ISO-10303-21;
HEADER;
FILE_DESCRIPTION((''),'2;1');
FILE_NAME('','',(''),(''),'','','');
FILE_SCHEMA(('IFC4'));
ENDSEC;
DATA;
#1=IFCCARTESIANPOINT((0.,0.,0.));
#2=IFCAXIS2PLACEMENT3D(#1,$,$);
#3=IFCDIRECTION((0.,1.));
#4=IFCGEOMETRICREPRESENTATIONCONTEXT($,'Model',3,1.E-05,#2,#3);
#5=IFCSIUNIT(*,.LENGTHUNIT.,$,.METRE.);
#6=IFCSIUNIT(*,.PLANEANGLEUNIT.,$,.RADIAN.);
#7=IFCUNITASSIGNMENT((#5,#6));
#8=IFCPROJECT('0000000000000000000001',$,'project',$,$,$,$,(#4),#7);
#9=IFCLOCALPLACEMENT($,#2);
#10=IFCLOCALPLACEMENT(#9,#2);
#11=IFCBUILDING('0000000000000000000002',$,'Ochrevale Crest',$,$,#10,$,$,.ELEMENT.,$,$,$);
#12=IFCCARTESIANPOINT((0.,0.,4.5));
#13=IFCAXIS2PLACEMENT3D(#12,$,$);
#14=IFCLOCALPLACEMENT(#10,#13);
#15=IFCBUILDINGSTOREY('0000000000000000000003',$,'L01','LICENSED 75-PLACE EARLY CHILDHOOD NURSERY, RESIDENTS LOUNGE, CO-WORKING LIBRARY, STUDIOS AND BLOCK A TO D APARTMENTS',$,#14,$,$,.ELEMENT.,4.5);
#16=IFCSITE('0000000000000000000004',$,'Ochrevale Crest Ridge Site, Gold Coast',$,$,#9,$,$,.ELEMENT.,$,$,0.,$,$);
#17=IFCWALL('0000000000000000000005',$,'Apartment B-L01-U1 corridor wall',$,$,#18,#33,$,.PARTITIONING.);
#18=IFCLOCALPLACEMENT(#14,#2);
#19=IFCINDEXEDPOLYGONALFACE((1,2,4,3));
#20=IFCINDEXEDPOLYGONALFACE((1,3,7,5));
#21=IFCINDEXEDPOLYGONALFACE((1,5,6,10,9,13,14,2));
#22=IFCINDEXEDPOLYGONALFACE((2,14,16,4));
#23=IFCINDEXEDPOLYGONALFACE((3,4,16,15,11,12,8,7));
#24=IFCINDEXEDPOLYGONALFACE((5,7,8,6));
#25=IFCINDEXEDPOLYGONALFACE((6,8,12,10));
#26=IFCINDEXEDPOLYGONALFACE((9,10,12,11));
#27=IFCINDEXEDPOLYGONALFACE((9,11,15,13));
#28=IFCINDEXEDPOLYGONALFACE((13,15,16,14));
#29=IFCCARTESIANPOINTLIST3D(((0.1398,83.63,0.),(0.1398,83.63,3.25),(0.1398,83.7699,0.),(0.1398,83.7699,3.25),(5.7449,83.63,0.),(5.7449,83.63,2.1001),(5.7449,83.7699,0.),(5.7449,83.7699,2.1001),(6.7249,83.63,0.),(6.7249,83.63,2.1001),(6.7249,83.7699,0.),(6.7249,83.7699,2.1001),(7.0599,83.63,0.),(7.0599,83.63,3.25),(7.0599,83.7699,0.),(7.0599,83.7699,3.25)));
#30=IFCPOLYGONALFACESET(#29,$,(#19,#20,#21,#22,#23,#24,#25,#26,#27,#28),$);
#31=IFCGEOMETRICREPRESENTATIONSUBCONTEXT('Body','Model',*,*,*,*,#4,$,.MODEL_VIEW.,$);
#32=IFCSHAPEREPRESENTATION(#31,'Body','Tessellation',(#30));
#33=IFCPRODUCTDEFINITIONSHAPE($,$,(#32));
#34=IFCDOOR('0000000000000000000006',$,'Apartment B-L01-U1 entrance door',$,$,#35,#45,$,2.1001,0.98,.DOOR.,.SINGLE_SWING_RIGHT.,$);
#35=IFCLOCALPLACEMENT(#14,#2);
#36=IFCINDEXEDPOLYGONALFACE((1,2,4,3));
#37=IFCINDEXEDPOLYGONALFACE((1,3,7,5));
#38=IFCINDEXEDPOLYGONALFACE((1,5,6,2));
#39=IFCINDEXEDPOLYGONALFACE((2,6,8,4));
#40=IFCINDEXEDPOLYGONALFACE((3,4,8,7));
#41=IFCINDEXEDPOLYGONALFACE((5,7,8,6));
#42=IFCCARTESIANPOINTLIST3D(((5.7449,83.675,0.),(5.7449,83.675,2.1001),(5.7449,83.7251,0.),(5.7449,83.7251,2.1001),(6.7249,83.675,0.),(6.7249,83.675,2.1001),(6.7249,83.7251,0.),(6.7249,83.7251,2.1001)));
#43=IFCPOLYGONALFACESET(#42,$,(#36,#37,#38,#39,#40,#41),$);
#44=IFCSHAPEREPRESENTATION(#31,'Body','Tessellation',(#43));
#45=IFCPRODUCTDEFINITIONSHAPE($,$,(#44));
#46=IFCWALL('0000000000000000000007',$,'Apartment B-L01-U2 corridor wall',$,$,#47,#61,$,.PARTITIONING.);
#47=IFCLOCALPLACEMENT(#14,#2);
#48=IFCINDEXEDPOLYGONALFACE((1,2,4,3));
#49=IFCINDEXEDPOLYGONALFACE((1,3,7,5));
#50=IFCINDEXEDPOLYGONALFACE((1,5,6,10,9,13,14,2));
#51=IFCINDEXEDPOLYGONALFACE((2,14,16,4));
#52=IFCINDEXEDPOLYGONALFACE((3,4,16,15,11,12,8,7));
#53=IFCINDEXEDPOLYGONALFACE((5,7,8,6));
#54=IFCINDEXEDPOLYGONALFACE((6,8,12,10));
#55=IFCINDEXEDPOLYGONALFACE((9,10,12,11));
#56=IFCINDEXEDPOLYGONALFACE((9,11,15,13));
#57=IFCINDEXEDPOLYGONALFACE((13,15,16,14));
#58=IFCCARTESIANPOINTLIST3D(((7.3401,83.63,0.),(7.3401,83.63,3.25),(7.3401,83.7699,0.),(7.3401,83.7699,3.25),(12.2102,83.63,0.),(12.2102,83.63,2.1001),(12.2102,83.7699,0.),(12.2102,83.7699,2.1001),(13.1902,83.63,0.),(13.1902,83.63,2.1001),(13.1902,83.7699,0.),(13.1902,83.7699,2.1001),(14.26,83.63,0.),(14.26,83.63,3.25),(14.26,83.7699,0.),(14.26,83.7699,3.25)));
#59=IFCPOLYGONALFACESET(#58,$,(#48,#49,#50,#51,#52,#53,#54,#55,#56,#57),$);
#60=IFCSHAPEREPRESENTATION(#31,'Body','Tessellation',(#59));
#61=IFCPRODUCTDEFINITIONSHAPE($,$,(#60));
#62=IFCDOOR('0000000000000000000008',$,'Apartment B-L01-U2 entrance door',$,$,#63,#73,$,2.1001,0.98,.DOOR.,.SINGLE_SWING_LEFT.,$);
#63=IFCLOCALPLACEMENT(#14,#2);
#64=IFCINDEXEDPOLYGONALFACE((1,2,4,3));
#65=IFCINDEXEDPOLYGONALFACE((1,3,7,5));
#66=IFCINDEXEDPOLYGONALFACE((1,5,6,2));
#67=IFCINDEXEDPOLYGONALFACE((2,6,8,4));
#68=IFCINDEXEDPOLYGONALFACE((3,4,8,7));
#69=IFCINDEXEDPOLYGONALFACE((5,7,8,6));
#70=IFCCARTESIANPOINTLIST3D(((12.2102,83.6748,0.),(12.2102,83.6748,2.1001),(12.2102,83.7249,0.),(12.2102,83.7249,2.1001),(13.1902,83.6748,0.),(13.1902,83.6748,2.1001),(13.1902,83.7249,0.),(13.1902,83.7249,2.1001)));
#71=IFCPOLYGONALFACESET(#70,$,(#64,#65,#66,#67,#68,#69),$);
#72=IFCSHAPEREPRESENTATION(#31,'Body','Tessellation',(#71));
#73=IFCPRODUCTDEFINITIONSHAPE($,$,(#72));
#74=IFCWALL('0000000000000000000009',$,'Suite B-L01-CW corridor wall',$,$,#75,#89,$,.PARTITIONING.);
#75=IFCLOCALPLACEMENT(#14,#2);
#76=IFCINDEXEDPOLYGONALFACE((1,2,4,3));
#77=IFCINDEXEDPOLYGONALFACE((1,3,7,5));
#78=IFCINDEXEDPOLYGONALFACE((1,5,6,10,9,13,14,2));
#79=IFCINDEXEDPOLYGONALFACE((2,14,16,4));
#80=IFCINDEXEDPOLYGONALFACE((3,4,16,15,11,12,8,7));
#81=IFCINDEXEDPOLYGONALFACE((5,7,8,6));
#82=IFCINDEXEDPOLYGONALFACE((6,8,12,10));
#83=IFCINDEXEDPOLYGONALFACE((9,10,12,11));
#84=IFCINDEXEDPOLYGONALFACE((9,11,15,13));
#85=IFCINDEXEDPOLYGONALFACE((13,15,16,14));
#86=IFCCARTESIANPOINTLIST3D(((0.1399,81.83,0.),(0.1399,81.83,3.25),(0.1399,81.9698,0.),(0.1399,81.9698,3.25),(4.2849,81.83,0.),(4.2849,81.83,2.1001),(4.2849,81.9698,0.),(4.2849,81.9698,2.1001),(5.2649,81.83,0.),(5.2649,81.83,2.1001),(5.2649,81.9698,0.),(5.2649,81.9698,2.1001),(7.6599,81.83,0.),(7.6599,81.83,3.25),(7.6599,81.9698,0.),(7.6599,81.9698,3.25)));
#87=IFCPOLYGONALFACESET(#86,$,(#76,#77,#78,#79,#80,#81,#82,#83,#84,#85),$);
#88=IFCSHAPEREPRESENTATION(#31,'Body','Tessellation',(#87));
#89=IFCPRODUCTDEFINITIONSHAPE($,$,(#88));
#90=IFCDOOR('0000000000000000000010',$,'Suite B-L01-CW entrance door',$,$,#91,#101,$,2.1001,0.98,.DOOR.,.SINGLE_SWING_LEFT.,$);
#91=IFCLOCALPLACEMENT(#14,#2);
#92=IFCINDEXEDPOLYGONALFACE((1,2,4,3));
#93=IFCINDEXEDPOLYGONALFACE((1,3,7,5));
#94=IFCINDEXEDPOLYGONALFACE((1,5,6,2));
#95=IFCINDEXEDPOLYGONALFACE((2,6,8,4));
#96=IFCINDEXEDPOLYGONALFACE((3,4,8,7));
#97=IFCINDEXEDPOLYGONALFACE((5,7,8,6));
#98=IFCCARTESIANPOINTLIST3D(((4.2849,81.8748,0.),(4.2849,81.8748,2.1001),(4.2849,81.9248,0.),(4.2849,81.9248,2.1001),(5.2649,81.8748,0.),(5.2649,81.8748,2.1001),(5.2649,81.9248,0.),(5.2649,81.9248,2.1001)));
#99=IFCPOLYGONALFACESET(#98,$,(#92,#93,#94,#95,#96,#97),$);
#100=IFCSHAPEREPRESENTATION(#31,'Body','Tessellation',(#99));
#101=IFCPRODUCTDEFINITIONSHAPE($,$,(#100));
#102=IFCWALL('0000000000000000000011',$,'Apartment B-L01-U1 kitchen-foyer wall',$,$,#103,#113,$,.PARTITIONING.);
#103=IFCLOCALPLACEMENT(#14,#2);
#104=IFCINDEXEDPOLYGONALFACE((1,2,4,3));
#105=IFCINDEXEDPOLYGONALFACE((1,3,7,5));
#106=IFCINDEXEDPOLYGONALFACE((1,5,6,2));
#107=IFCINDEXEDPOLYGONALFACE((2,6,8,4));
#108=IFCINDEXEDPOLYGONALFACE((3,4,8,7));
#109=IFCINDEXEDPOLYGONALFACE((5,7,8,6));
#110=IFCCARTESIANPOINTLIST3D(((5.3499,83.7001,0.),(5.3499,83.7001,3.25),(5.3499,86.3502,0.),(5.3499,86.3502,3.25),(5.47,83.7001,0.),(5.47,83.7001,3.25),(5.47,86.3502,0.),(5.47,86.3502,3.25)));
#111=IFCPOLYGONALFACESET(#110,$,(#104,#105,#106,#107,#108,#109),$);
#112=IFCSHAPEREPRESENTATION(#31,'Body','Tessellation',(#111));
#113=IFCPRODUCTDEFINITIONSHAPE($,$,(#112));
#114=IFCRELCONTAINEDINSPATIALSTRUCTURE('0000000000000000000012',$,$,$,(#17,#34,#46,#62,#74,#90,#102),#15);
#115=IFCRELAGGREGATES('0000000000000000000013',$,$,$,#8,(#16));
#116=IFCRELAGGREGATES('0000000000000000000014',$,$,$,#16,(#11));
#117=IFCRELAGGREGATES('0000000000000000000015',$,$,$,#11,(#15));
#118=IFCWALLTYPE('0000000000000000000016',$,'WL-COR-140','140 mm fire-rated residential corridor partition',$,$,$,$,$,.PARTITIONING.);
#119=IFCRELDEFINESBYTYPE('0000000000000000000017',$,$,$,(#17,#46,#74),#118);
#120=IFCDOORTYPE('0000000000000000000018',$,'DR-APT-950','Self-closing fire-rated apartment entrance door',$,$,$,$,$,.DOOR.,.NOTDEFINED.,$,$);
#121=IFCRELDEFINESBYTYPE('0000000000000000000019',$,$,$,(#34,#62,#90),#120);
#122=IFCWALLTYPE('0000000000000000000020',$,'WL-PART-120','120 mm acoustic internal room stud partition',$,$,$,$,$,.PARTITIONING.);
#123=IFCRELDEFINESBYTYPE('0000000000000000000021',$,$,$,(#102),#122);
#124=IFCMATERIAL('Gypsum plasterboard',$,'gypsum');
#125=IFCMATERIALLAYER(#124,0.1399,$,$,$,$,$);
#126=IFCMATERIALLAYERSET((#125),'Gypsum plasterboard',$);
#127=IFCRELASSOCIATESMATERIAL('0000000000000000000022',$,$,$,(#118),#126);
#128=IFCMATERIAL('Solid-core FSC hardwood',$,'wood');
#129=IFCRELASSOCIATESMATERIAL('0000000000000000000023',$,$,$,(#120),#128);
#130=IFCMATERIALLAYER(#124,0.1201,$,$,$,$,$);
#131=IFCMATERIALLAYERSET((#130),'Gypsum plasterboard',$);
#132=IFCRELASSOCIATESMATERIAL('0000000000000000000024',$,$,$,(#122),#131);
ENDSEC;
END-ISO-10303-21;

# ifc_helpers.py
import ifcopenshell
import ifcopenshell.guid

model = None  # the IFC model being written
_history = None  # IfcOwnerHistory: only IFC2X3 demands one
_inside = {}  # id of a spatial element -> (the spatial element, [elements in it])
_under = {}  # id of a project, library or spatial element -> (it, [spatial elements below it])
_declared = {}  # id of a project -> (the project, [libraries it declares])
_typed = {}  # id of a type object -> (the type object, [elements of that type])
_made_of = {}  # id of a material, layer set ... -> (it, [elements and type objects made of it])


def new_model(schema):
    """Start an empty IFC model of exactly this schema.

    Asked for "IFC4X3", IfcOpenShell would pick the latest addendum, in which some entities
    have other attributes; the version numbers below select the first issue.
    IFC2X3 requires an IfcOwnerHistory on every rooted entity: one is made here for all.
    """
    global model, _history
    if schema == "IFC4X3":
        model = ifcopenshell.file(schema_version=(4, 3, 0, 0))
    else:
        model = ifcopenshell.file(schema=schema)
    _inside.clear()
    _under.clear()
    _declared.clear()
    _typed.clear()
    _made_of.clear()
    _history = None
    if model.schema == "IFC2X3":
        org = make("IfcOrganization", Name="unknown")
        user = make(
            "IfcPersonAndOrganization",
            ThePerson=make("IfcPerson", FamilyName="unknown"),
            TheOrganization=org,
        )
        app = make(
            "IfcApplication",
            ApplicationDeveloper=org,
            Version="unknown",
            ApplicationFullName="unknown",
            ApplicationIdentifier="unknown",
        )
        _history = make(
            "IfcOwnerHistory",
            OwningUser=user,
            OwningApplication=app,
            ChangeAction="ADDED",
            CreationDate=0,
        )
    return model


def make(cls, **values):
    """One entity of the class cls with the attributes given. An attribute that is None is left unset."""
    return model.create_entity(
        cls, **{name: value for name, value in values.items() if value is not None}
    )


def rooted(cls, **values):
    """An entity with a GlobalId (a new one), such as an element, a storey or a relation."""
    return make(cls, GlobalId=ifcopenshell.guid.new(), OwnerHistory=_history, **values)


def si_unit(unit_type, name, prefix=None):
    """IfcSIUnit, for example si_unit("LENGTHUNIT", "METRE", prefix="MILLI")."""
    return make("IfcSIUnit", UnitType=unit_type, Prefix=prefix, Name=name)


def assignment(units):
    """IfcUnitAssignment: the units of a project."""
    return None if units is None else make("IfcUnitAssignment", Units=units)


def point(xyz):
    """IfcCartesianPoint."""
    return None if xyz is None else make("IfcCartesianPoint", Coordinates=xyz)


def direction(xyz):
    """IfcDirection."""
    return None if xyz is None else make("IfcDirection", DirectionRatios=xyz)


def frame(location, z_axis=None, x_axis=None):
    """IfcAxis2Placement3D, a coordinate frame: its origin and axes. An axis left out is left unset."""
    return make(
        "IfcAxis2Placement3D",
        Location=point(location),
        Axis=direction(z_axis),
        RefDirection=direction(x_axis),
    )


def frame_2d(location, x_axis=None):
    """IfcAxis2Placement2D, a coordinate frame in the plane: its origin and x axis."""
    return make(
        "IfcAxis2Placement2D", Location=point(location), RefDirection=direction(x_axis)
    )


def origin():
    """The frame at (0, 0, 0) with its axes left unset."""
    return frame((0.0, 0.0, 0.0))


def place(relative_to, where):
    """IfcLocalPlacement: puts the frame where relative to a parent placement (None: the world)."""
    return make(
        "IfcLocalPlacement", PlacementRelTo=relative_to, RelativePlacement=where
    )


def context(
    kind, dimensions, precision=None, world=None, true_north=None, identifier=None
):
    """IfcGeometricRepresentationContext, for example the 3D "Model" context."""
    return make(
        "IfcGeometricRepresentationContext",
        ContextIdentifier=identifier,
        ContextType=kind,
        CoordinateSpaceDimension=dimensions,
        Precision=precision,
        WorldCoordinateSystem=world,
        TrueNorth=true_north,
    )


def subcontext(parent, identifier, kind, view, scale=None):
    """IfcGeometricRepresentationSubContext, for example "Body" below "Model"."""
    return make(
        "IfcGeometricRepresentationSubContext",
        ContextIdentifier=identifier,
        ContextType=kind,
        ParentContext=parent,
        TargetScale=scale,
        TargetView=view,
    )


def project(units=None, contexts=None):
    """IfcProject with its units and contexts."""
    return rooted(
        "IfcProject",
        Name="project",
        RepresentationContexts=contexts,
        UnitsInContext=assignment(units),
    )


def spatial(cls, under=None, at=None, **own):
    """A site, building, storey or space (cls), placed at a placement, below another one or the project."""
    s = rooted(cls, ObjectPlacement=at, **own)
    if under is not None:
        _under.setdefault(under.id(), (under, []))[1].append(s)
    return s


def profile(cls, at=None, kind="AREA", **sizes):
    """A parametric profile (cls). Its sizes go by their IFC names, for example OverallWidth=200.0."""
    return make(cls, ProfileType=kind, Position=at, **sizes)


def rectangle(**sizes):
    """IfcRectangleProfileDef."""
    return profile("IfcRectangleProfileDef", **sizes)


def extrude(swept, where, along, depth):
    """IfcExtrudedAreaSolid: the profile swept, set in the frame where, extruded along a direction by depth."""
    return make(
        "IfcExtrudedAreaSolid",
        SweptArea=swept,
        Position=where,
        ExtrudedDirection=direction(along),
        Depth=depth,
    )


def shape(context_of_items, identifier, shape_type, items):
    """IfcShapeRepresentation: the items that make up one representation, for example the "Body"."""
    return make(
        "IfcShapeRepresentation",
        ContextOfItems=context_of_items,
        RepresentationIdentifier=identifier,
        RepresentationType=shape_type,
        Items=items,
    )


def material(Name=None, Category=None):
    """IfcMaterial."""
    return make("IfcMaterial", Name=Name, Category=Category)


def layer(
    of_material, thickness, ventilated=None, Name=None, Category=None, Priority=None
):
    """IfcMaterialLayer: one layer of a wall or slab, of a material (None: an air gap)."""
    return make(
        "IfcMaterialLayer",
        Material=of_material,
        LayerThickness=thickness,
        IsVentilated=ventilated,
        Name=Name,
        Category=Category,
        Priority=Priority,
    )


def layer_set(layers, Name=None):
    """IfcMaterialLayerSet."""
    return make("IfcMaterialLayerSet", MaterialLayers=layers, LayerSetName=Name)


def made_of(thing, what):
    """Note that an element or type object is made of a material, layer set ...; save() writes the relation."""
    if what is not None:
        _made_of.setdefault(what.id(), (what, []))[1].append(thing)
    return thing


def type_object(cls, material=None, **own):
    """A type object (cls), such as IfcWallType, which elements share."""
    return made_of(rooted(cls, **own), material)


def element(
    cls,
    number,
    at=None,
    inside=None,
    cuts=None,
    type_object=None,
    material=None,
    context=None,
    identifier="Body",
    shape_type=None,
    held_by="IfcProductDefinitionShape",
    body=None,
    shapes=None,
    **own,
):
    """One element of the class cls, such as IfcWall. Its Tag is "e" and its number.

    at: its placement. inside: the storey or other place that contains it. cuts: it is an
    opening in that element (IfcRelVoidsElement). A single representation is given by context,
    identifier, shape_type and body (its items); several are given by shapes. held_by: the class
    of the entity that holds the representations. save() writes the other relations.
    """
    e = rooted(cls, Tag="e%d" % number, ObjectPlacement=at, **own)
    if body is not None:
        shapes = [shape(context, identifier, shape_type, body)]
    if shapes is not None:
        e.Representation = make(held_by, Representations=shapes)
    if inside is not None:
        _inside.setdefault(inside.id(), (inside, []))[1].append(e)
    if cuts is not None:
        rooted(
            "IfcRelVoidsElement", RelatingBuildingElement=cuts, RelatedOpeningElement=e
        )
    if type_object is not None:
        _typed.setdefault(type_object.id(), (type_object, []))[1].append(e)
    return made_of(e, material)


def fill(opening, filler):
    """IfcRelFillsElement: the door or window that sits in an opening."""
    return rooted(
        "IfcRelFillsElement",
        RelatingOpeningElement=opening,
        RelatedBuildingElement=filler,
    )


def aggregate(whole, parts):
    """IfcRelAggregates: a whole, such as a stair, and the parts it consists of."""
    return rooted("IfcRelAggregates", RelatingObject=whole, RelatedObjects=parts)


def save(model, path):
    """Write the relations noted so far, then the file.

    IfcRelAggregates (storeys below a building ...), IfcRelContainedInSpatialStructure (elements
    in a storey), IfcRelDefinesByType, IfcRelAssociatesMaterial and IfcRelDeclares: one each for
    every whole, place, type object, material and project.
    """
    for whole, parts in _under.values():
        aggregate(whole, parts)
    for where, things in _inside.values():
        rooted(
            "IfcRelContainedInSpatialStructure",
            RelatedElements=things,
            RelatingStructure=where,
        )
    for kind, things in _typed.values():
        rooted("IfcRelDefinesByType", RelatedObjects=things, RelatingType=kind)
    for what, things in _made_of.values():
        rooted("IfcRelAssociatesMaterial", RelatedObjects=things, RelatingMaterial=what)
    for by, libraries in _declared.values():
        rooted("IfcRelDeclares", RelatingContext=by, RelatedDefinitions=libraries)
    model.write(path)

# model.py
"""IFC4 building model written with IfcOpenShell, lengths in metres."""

from ifc_helpers import new_model, si_unit, direction, frame, frame_2d, origin, place, context, subcontext, project, spatial, rectangle, extrude, material, layer, layer_set, type_object, element, fill, save


model = new_model("IFC4")

# Units and contexts
model_context = context("Model", 3, precision=1e-05, world=origin(), true_north=direction((0.0, 1.0)))
body_context = subcontext(model_context, "Body", "Model", "MODEL_VIEW")
ifc_project = project(units=[si_unit("LENGTHUNIT", "METRE"), si_unit("PLANEANGLEUNIT", "RADIAN")], contexts=[model_context])

# Site, building, storey
site_placement = place(None, origin())
site = spatial("IfcSite", under=ifc_project, at=site_placement, Name="Ochrevale Crest Ridge Site, Gold Coast", CompositionType="ELEMENT", RefElevation=0.0)
building_placement = place(site_placement, origin())
building = spatial("IfcBuilding", under=site, at=building_placement, Name="Ochrevale Crest", CompositionType="ELEMENT")
storey_placement = place(building_placement, frame((0.0, 0.0, 4.5)))
storey = spatial("IfcBuildingStorey", under=building, at=storey_placement, Name="L01", Description="LICENSED 75-PLACE EARLY CHILDHOOD NURSERY, RESIDENTS LOUNGE, CO-WORKING LIBRARY, STUDIOS AND BLOCK A TO D APARTMENTS", CompositionType="ELEMENT", Elevation=4.5)

# Walls, openings, doors
ifc_material_1 = material(Name="Gypsum plasterboard", Category="gypsum")
ifc_layer_1 = layer(ifc_material_1, 0.1399)
ifc_layer_set_1 = layer_set([ifc_layer_1], Name="Gypsum plasterboard")
wall_type_1 = type_object("IfcWallType", Name="WL-COR-140", Description="140 mm fire-rated residential corridor partition", PredefinedType="PARTITIONING", material=ifc_layer_set_1)
wall_1_placement = place(storey_placement, frame((0.1399, 83.7, 0.0), z_axis=(0.0, 0.0, 1.0), x_axis=(1.0, 0.0, 0.0)))
wall_1 = element("IfcWall", 1, at=wall_1_placement, inside=storey, type_object=wall_type_1, Name="Apartment B-L01-U1 corridor wall", PredefinedType="PARTITIONING", context=body_context, shape_type="SweptSolid", body=[
    extrude(rectangle(XDim=6.9202, YDim=0.1399, at=frame_2d((3.46, 0.0))), origin(), (0.0, 0.0, 1.0), 3.25),
])
opening_1_placement = place(wall_1_placement, frame((6.585, 0.0, 0.0), z_axis=(0.0, 0.0, 1.0), x_axis=(-1.0, 0.0, 0.0)))
opening_1 = element("IfcOpeningElement", 2, at=opening_1_placement, cuts=wall_1, PredefinedType="OPENING", context=body_context, shape_type="SweptSolid", body=[
    extrude(rectangle(XDim=0.98, YDim=2.1001, at=frame_2d((0.49, 1.05))), frame((0.0, 0.0801, 0.0), z_axis=(0.0, -1.0, 0.0), x_axis=(1.0, 0.0, 0.0)), (0.0, 0.0, 1.0), 0.1599),
])
ifc_material_2 = material(Name="Solid-core FSC hardwood", Category="wood")
door_type_1 = type_object("IfcDoorType", Name="DR-APT-950", Description="Self-closing fire-rated apartment entrance door", OperationType="NOTDEFINED", PredefinedType="DOOR", material=ifc_material_2)
door_1_placement = place(opening_1_placement, origin())
door_1 = element("IfcDoor", 3, at=door_1_placement, inside=storey, type_object=door_type_1, Name="Apartment B-L01-U1 entrance door", OperationType="SINGLE_SWING_RIGHT", OverallHeight=2.1001, OverallWidth=0.98, PredefinedType="DOOR", context=body_context, shape_type="SweptSolid", body=[
    extrude(rectangle(XDim=0.98, YDim=2.1001, at=frame_2d((0.49, 1.05))), frame((0.0, 0.0249, 0.0), z_axis=(0.0, -1.0, 0.0), x_axis=(1.0, 0.0, 0.0)), (0.0, 0.0, 1.0), 0.05),
])
fill(opening_1, door_1)
wall_2_placement = place(storey_placement, frame((7.3401, 83.7, 0.0), z_axis=(0.0, 0.0, 1.0), x_axis=(1.0, 0.0, 0.0)))
wall_2 = element("IfcWall", 4, at=wall_2_placement, inside=storey, type_object=wall_type_1, Name="Apartment B-L01-U2 corridor wall", PredefinedType="PARTITIONING", context=body_context, shape_type="SweptSolid", body=[
    extrude(rectangle(XDim=6.9199, YDim=0.1399, at=frame_2d((3.46, 0.0))), origin(), (0.0, 0.0, 1.0), 3.25),
])
opening_2_placement = place(wall_2_placement, frame((4.8701, 0.0, 0.0)))
opening_2 = element("IfcOpeningElement", 5, at=opening_2_placement, cuts=wall_2, PredefinedType="OPENING", context=body_context, shape_type="SweptSolid", body=[
    extrude(rectangle(XDim=0.98, YDim=2.1001, at=frame_2d((0.49, 1.05))), frame((0.0, 0.0801, 0.0), z_axis=(0.0, -1.0, 0.0), x_axis=(1.0, 0.0, 0.0)), (0.0, 0.0, 1.0), 0.1599),
])
door_2_placement = place(opening_2_placement, origin())
door_2 = element("IfcDoor", 6, at=door_2_placement, inside=storey, type_object=door_type_1, Name="Apartment B-L01-U2 entrance door", OperationType="SINGLE_SWING_LEFT", OverallHeight=2.1001, OverallWidth=0.98, PredefinedType="DOOR", context=body_context, shape_type="SweptSolid", body=[
    extrude(rectangle(XDim=0.98, YDim=2.1001, at=frame_2d((0.49, 1.05))), frame((0.0, 0.0249, 0.0), z_axis=(0.0, -1.0, 0.0), x_axis=(1.0, 0.0, 0.0)), (0.0, 0.0, 1.0), 0.05),
])
fill(opening_2, door_2)
wall_3_placement = place(storey_placement, frame((0.1399, 81.8999, 0.0), z_axis=(0.0, 0.0, 1.0), x_axis=(1.0, 0.0, 0.0)))
wall_3 = element("IfcWall", 7, at=wall_3_placement, inside=storey, type_object=wall_type_1, Name="Suite B-L01-CW corridor wall", PredefinedType="PARTITIONING", context=body_context, shape_type="SweptSolid", body=[
    extrude(rectangle(XDim=7.52, YDim=0.1399, at=frame_2d((3.76, 0.0))), origin(), (0.0, 0.0, 1.0), 3.25),
])
opening_3_placement = place(wall_3_placement, frame((4.145, 0.0, 0.0)))
opening_3 = element("IfcOpeningElement", 8, at=opening_3_placement, cuts=wall_3, PredefinedType="OPENING", context=body_context, shape_type="SweptSolid", body=[
    extrude(rectangle(XDim=0.98, YDim=2.1001, at=frame_2d((0.49, 1.05))), frame((0.0, 0.0801, 0.0), z_axis=(0.0, -1.0, 0.0), x_axis=(1.0, 0.0, 0.0)), (0.0, 0.0, 1.0), 0.1599),
])
door_3_placement = place(opening_3_placement, origin())
door_3 = element("IfcDoor", 9, at=door_3_placement, inside=storey, type_object=door_type_1, Name="Suite B-L01-CW entrance door", OperationType="SINGLE_SWING_LEFT", OverallHeight=2.1001, OverallWidth=0.98, PredefinedType="DOOR", context=body_context, shape_type="SweptSolid", body=[
    extrude(rectangle(XDim=0.98, YDim=2.1001, at=frame_2d((0.49, 1.05))), frame((0.0, 0.0249, 0.0), z_axis=(0.0, -1.0, 0.0), x_axis=(1.0, 0.0, 0.0)), (0.0, 0.0, 1.0), 0.05),
])
fill(opening_3, door_3)

# Wall
ifc_layer_2 = layer(ifc_material_1, 0.1201)
ifc_layer_set_2 = layer_set([ifc_layer_2], Name="Gypsum plasterboard")
wall_type_2 = type_object("IfcWallType", Name="WL-PART-120", Description="120 mm acoustic internal room stud partition", PredefinedType="PARTITIONING", material=ifc_layer_set_2)
wall_4_placement = place(storey_placement, frame((5.4099, 83.7, 0.0), z_axis=(0.0, 0.0, 1.0), x_axis=(0.0, 1.0, 0.0)))
element("IfcWall", 10, at=wall_4_placement, inside=storey, type_object=wall_type_2, Name="Apartment B-L01-U1 kitchen-foyer wall", PredefinedType="PARTITIONING", context=body_context, shape_type="SweptSolid", body=[
    extrude(rectangle(XDim=2.6501, YDim=0.1201, at=frame_2d((1.3252, 0.0))), origin(), (0.0, 0.0, 1.0), 3.25),
])

save(model, "model.ifc")
